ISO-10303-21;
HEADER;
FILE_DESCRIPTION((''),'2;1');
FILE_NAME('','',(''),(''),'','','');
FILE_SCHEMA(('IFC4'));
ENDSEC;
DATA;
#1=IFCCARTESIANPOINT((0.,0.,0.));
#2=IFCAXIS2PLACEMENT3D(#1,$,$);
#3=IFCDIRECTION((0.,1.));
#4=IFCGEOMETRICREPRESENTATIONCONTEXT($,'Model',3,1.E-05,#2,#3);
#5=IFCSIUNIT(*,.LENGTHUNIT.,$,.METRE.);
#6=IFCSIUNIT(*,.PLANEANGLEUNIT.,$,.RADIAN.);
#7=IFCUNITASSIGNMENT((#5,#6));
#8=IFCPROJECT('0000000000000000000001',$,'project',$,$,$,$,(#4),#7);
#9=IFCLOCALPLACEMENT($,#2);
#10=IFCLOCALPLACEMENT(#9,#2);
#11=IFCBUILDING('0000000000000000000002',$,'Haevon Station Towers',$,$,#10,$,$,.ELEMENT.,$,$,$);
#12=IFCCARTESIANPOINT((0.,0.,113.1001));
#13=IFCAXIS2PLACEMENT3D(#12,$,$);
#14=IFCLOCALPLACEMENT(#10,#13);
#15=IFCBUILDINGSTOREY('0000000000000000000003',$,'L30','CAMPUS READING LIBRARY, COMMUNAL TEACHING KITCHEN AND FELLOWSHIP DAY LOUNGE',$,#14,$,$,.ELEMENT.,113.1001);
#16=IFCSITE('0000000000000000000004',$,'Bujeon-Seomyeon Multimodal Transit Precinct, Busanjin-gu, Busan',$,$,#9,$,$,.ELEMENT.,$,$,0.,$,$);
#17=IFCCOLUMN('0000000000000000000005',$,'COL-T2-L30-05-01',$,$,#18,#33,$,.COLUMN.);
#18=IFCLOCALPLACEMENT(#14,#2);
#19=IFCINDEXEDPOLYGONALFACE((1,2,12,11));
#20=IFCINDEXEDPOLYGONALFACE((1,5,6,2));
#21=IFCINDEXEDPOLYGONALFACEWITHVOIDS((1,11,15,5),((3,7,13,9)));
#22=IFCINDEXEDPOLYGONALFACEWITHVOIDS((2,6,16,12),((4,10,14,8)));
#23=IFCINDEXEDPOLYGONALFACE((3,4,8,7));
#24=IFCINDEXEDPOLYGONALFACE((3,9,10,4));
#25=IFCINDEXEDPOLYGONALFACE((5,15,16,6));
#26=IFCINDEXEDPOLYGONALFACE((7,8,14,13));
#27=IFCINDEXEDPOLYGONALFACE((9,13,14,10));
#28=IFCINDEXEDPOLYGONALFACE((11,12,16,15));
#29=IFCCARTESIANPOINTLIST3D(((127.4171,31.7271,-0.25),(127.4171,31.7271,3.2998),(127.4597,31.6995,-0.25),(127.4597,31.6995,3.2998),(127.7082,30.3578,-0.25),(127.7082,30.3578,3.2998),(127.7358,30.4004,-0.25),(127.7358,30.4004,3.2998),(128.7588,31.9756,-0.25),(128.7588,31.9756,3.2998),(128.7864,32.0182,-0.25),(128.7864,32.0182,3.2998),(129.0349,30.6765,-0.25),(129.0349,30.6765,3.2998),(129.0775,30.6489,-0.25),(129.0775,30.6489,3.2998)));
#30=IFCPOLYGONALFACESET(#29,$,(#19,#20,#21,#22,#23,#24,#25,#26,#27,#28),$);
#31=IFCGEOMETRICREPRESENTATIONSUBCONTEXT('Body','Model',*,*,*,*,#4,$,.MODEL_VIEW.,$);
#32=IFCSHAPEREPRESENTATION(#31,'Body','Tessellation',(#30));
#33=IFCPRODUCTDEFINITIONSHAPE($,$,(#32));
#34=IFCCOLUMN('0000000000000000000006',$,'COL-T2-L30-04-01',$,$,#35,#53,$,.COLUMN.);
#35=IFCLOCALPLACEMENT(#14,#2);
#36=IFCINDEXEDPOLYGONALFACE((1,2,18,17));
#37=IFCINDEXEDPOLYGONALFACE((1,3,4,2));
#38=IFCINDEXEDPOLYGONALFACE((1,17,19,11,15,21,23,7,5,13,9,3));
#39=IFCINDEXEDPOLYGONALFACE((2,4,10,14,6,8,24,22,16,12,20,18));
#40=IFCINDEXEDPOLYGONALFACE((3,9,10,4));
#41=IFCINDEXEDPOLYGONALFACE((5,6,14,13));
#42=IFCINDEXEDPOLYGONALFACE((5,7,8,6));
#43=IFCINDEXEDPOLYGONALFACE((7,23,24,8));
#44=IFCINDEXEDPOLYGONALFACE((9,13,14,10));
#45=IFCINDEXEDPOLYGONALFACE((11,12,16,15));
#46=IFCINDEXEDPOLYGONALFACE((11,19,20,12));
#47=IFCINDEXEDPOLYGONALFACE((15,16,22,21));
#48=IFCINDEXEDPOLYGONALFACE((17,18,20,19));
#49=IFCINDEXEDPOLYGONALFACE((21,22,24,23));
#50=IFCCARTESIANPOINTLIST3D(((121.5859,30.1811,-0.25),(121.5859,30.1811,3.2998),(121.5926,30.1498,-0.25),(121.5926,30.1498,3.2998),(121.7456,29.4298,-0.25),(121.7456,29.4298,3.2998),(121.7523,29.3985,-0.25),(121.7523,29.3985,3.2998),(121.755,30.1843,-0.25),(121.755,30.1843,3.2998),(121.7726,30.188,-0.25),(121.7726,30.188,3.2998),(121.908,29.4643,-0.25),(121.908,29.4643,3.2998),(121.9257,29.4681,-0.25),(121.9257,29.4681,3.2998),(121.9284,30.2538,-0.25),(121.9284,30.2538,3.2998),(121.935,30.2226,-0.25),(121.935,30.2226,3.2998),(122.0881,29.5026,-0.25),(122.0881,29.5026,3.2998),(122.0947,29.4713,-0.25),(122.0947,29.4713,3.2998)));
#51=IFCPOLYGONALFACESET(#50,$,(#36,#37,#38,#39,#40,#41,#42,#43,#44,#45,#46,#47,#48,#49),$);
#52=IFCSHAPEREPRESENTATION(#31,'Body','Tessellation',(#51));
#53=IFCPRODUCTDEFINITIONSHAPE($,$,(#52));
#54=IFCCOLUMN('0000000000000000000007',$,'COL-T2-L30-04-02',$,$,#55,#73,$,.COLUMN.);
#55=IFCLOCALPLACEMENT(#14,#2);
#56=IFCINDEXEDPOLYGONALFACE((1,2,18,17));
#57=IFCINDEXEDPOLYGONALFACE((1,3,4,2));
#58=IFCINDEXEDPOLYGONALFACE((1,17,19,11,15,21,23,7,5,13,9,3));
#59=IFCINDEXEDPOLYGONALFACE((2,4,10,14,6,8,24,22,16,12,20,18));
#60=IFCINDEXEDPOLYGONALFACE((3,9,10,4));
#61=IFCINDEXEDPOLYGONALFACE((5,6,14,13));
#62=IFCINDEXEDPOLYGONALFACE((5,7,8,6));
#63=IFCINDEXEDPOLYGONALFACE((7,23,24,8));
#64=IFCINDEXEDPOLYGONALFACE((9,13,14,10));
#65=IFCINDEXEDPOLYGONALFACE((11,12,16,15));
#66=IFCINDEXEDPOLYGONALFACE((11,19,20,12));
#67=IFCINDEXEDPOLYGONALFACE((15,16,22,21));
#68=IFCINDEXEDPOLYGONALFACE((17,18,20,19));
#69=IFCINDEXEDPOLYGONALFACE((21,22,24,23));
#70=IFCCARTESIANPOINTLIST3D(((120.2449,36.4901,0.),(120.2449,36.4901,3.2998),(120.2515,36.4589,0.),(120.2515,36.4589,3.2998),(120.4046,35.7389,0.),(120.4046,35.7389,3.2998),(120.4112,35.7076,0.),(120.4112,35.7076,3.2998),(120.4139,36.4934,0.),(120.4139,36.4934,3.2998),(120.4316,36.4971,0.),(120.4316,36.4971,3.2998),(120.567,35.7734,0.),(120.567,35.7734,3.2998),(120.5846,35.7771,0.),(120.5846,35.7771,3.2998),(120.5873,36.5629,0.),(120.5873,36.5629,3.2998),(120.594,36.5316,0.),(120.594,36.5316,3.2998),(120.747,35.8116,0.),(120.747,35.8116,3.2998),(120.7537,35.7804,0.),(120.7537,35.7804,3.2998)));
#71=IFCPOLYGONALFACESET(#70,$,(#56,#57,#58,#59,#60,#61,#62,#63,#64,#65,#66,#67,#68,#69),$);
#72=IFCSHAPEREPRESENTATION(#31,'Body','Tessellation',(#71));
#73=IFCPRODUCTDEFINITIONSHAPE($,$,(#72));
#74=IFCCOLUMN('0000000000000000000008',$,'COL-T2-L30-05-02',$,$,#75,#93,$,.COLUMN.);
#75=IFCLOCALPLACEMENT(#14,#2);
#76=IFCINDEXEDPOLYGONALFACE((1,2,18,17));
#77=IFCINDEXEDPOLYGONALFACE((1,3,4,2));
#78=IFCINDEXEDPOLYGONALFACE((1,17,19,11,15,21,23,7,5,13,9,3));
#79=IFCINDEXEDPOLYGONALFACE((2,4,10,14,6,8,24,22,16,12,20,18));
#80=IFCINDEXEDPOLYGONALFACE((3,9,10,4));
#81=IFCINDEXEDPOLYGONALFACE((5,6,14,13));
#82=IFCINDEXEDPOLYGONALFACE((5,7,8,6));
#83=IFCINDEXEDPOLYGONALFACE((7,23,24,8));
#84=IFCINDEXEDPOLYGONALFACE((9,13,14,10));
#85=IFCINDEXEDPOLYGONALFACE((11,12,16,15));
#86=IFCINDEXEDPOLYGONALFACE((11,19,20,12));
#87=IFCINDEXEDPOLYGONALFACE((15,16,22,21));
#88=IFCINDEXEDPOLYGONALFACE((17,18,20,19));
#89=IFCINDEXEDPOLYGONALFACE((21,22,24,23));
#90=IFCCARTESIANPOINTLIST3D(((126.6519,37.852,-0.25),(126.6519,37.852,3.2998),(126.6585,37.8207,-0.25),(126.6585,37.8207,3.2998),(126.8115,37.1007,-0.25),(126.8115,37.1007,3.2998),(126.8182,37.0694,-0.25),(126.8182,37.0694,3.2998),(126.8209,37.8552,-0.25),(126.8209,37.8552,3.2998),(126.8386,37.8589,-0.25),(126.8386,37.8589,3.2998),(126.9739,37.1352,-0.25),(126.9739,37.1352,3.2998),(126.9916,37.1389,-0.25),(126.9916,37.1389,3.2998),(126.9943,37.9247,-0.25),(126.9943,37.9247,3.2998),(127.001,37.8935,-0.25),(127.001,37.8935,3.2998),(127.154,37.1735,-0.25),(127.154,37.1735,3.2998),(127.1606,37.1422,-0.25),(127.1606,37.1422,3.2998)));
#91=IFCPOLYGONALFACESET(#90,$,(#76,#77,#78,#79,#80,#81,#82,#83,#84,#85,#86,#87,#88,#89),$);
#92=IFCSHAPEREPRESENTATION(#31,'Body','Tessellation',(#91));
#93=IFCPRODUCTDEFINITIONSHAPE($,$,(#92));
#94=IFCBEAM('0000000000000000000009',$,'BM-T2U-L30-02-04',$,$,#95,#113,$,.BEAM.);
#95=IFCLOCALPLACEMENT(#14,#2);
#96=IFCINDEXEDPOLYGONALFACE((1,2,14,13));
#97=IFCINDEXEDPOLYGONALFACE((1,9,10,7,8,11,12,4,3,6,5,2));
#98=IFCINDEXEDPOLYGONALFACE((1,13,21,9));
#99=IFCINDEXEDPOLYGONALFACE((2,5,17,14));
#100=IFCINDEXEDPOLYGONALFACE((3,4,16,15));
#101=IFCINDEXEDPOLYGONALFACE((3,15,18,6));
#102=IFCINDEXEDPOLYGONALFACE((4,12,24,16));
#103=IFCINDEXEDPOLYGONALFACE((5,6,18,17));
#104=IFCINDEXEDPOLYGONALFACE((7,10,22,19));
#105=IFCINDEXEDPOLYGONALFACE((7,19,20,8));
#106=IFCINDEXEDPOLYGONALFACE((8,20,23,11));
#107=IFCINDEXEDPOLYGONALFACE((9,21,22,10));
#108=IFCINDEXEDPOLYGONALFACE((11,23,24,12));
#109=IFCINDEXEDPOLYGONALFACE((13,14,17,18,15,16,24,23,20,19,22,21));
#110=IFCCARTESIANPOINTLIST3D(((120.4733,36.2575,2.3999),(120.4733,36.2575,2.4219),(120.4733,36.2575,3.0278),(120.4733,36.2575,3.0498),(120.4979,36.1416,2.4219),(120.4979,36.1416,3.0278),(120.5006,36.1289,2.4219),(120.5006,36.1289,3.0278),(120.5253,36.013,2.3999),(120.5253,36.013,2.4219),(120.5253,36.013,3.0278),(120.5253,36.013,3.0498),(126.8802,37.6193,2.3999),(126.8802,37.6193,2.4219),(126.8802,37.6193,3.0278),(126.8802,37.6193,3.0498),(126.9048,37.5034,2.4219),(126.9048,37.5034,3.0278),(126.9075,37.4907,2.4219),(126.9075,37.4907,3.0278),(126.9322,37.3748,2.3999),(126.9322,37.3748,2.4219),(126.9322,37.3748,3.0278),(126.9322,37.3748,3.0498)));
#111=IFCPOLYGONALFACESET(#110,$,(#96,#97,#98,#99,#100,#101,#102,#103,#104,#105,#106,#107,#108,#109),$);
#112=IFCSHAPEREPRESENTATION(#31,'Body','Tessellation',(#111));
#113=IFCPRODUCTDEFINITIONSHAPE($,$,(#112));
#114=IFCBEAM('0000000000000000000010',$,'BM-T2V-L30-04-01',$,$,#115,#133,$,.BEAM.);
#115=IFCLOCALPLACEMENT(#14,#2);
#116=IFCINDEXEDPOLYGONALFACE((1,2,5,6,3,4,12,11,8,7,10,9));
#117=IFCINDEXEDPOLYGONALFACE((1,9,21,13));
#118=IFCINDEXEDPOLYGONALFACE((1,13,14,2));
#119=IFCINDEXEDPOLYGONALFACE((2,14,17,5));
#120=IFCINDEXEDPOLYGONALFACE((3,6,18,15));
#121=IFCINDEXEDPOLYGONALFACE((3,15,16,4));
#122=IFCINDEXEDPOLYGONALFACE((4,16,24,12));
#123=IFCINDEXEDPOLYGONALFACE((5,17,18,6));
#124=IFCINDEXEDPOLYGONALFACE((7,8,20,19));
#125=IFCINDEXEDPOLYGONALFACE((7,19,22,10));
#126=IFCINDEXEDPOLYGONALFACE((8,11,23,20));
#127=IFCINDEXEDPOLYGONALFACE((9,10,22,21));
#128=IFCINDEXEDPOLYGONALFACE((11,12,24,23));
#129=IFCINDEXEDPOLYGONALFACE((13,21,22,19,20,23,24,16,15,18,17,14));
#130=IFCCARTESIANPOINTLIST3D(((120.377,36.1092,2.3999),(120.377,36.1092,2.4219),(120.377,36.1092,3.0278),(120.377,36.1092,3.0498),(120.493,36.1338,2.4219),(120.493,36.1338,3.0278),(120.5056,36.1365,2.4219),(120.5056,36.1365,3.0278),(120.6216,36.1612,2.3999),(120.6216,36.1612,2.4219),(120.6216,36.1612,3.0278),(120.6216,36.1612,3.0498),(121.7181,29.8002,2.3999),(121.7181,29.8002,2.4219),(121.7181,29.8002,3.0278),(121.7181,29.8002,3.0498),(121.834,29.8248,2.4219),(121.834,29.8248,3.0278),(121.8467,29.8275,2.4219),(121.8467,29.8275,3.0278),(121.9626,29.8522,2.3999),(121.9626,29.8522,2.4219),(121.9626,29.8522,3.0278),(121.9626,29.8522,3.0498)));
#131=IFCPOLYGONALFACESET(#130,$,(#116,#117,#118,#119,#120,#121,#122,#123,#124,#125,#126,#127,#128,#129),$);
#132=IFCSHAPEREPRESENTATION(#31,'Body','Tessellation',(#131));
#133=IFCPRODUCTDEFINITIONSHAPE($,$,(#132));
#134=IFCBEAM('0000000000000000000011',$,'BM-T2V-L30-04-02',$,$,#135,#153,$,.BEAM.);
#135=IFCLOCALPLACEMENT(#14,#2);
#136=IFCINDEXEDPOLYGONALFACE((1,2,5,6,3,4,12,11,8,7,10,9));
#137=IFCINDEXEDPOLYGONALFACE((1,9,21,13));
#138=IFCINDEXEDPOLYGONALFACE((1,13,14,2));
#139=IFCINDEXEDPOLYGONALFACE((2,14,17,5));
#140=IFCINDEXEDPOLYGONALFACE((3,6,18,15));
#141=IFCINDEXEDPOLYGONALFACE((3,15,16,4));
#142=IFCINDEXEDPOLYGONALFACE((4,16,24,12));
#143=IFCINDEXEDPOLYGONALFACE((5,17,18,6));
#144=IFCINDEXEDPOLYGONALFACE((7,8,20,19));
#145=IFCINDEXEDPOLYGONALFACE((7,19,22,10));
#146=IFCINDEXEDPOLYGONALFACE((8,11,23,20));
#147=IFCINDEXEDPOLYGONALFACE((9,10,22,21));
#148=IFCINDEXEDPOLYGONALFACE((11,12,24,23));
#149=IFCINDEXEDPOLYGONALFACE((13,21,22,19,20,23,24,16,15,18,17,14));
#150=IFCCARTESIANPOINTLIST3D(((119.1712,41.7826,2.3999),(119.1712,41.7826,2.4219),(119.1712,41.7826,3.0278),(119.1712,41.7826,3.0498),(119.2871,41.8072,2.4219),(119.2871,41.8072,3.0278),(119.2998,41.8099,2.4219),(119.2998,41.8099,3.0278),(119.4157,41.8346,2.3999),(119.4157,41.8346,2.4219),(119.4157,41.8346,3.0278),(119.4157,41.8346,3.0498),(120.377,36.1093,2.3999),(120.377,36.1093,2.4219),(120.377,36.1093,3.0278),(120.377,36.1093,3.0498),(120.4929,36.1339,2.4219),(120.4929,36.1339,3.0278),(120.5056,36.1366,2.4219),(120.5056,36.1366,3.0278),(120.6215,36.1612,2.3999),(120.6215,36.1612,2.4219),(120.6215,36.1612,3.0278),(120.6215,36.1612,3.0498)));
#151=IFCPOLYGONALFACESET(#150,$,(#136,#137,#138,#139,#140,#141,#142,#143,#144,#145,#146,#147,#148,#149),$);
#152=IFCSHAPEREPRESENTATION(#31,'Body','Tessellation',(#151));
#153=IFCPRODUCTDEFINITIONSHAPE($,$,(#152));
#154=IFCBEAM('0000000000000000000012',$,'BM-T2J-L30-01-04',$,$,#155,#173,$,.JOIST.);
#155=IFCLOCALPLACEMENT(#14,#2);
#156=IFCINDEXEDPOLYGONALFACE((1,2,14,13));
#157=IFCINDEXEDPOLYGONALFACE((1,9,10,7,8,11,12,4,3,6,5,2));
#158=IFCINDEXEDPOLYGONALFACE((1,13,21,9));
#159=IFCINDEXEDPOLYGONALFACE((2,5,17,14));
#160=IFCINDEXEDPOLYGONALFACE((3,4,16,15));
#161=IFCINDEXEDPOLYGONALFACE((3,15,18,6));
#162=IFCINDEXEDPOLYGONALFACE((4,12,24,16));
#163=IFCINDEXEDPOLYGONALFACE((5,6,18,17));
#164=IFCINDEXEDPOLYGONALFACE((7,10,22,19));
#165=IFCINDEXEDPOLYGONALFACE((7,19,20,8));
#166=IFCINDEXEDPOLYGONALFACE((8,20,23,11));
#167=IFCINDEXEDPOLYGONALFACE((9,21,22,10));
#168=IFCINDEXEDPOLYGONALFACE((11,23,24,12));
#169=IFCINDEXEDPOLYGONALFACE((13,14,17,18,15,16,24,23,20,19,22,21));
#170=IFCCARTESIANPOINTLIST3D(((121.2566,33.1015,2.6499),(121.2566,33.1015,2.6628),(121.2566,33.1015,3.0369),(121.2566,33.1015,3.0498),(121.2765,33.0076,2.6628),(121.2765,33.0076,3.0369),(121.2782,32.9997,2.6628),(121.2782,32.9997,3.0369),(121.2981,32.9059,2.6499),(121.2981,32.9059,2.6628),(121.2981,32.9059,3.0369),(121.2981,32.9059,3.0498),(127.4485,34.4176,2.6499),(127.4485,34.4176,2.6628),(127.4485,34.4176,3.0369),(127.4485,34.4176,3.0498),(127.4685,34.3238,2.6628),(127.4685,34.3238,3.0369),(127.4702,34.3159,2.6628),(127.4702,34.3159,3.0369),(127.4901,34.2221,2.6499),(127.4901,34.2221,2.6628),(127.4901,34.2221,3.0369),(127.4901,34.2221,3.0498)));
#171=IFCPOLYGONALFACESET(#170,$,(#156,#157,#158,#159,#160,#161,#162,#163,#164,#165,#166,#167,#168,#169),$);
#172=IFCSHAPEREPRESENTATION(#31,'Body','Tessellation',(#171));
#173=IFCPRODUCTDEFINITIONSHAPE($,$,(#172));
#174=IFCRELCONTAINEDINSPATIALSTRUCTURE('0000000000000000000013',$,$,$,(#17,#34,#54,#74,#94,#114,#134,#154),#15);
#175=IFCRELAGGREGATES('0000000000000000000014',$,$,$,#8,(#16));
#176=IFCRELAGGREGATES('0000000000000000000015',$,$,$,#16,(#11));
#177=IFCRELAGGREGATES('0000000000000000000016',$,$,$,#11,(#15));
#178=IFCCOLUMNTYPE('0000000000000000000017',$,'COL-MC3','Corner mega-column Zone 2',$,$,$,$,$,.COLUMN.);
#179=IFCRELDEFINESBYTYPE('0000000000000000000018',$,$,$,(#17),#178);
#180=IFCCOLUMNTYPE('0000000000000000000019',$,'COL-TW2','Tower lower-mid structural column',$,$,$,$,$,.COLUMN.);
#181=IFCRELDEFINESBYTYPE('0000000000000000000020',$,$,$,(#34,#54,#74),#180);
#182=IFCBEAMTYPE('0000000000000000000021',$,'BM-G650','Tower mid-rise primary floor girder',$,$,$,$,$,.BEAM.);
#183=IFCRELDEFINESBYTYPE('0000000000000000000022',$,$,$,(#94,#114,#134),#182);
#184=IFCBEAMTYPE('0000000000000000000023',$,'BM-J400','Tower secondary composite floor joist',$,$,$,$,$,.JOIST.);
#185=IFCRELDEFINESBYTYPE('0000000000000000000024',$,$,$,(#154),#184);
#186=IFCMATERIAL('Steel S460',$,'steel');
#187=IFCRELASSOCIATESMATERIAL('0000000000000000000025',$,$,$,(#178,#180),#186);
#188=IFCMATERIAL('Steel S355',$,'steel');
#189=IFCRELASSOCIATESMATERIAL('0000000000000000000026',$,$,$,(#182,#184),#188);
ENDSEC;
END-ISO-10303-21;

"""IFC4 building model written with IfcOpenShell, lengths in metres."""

from ifc_helpers import new_model, si_unit, direction, frame, origin, origin_2d, place, context, subcontext, project, spatial, hollow_rectangle, i_section, extrude, material, material_profile, profile_set, type_object, element, save


model = new_model("IFC4")

# Units and contexts
model_context = context("Model", 3, precision=1e-05, world=origin(), true_north=direction((0.0, 1.0)))
body_context = subcontext(model_context, "Body", "Model", "MODEL_VIEW")
ifc_project = project(units=[si_unit("LENGTHUNIT", "METRE"), si_unit("PLANEANGLEUNIT", "RADIAN")], contexts=[model_context])

# Site, building, storey
site_placement = place(None, origin())
site = spatial("IfcSite", under=ifc_project, at=site_placement, Name="Bujeon-Seomyeon Multimodal Transit Precinct, Busanjin-gu, Busan", CompositionType="ELEMENT", RefElevation=0.0)
building_placement = place(site_placement, origin())
building = spatial("IfcBuilding", under=site, at=building_placement, Name="Haevon Station Towers", CompositionType="ELEMENT")
storey_placement = place(building_placement, frame((0.0, 0.0, 113.1001)))
storey = spatial("IfcBuildingStorey", under=building, at=storey_placement, Name="L30", Description="CAMPUS READING LIBRARY, COMMUNAL TEACHING KITCHEN AND FELLOWSHIP DAY LOUNGE", CompositionType="ELEMENT", Elevation=113.1001)

# Columns
ifc_material_1 = material(Name="Steel S460", Category="steel")
ifc_material_profile_1 = material_profile(ifc_material_1, hollow_rectangle(XDim=1.3999, YDim=1.3999, WallThickness=0.0359, at=origin_2d()), Name="BOX-1400x1400x36")
ifc_profile_set_1 = profile_set([ifc_material_profile_1], Name="Steel S460")
column_type_1 = type_object("IfcColumnType", Name="COL-MC3", Description="Corner mega-column Zone 2", PredefinedType="COLUMN", material=ifc_profile_set_1)
column_1_placement = place(storey_placement, frame((128.2473, 31.188, -0.25), z_axis=(0.0, 0.0, 1.0), x_axis=(0.978148, 0.207912, 0.0)))
element("IfcColumn", 1, at=column_1_placement, inside=storey, type_object=column_type_1, Name="COL-T2-L30-05-01", PredefinedType="COLUMN", context=body_context, shape_type="SweptSolid", body=[
    extrude(hollow_rectangle(XDim=1.3999, YDim=1.3999, WallThickness=0.0359, at=origin_2d()), origin(), (0.0, 0.0, 1.0), 3.5498),
])
ifc_material_profile_2 = material_profile(ifc_material_1, i_section(OverallWidth=0.3501, OverallDepth=0.8, WebThickness=0.0181, FlangeThickness=0.032, at=origin_2d()), Name="H-800x350x18x32")
ifc_profile_set_2 = profile_set([ifc_material_profile_2], Name="Steel S460")
column_type_2 = type_object("IfcColumnType", Name="COL-TW2", Description="Tower lower-mid structural column", PredefinedType="COLUMN", material=ifc_profile_set_2)
column_2_placement = place(storey_placement, frame((121.8403, 29.8262, -0.25), z_axis=(0.0, 0.0, 1.0), x_axis=(0.978148, 0.207912, 0.0)))
element("IfcColumn", 2, at=column_2_placement, inside=storey, type_object=column_type_2, Name="COL-T2-L30-04-01", PredefinedType="COLUMN", context=body_context, shape_type="SweptSolid", body=[
    extrude(i_section(OverallWidth=0.3501, OverallDepth=0.8, WebThickness=0.0181, FlangeThickness=0.032, at=origin_2d()), origin(), (0.0, 0.0, 1.0), 3.5498),
])
column_3_placement = place(storey_placement, frame((120.4993, 36.1353, 0.0), z_axis=(0.0, 0.0, 1.0), x_axis=(0.978148, 0.207912, 0.0)))
element("IfcColumn", 3, at=column_3_placement, inside=storey, type_object=column_type_2, Name="COL-T2-L30-04-02", PredefinedType="COLUMN", context=body_context, shape_type="SweptSolid", body=[
    extrude(i_section(OverallWidth=0.3501, OverallDepth=0.8, WebThickness=0.0181, FlangeThickness=0.032, at=origin_2d()), origin(), (0.0, 0.0, 1.0), 3.2998),
])
column_4_placement = place(storey_placement, frame((126.9062, 37.4971, -0.25), z_axis=(0.0, 0.0, 1.0), x_axis=(0.978148, 0.207912, 0.0)))
element("IfcColumn", 4, at=column_4_placement, inside=storey, type_object=column_type_2, Name="COL-T2-L30-05-02", PredefinedType="COLUMN", context=body_context, shape_type="SweptSolid", body=[
    extrude(i_section(OverallWidth=0.3501, OverallDepth=0.8, WebThickness=0.0181, FlangeThickness=0.032, at=origin_2d()), origin(), (0.0, 0.0, 1.0), 3.5498),
])

# Beams
ifc_material_2 = material(Name="Steel S355", Category="steel")
ifc_material_profile_3 = material_profile(ifc_material_2, i_section(OverallWidth=0.25, OverallDepth=0.6499, WebThickness=0.0129, FlangeThickness=0.022, at=origin_2d()), Name="H-650x250x13x22")
ifc_profile_set_3 = profile_set([ifc_material_profile_3], Name="Steel S355")
beam_type_1 = type_object("IfcBeamType", Name="BM-G650", Description="Tower mid-rise primary floor girder", PredefinedType="BEAM", material=ifc_profile_set_3)
beam_1_placement = place(storey_placement, frame((120.4993, 36.1353, 2.7249), z_axis=(0.978149, 0.207907, 0.0), x_axis=(-0.207907, 0.978149, 0.0)))
element("IfcBeam", 5, at=beam_1_placement, inside=storey, type_object=beam_type_1, Name="BM-T2U-L30-02-04", PredefinedType="BEAM", context=body_context, shape_type="SweptSolid", body=[
    extrude(i_section(OverallWidth=0.25, OverallDepth=0.6499, WebThickness=0.0129, FlangeThickness=0.022, at=origin_2d()), origin(), (0.0, 0.0, 1.0), 6.55),
])
beam_2_placement = place(storey_placement, frame((121.8403, 29.8262, 2.7249), z_axis=(-0.207916, 0.978147, 0.0), x_axis=(-0.978147, -0.207916, 0.0)))
element("IfcBeam", 6, at=beam_2_placement, inside=storey, type_object=beam_type_1, Name="BM-T2V-L30-04-01", PredefinedType="BEAM", context=body_context, shape_type="SweptSolid", body=[
    extrude(i_section(OverallWidth=0.25, OverallDepth=0.6499, WebThickness=0.0129, FlangeThickness=0.022, at=origin_2d()), origin(), (0.0, 0.0, 1.0), 6.45),
])
beam_3_placement = place(storey_placement, frame((120.4993, 36.1353, 2.7249), z_axis=(-0.207896, 0.978151, 0.0), x_axis=(-0.978151, -0.207896, 0.0)))
element("IfcBeam", 7, at=beam_3_placement, inside=storey, type_object=beam_type_1, Name="BM-T2V-L30-04-02", PredefinedType="BEAM", context=body_context, shape_type="SweptSolid", body=[
    extrude(i_section(OverallWidth=0.25, OverallDepth=0.6499, WebThickness=0.0129, FlangeThickness=0.022, at=origin_2d()), origin(), (0.0, 0.0, 1.0), 5.8),
])
ifc_material_profile_4 = material_profile(ifc_material_2, i_section(OverallWidth=0.2, OverallDepth=0.3999, WebThickness=0.0081, FlangeThickness=0.0129, at=origin_2d()), Name="H-400x200x8x13")
ifc_profile_set_4 = profile_set([ifc_material_profile_4], Name="Steel S355")
beam_type_2 = type_object("IfcBeamType", Name="BM-J400", Description="Tower secondary composite floor joist", PredefinedType="JOIST", material=ifc_profile_set_4)
beam_4_placement = place(storey_placement, frame((121.2773, 33.0037, 2.8499), z_axis=(0.978146, 0.207917, 0.0), x_axis=(-0.207917, 0.978146, 0.0)))
element("IfcBeam", 8, at=beam_4_placement, inside=storey, type_object=beam_type_2, Name="BM-T2J-L30-01-04", PredefinedType="JOIST", context=body_context, shape_type="SweptSolid", body=[
    extrude(i_section(OverallWidth=0.2, OverallDepth=0.3999, WebThickness=0.0081, FlangeThickness=0.0129, at=origin_2d()), origin(), (0.0, 0.0, 1.0), 6.3303),
])

save(model, "model.ifc")
